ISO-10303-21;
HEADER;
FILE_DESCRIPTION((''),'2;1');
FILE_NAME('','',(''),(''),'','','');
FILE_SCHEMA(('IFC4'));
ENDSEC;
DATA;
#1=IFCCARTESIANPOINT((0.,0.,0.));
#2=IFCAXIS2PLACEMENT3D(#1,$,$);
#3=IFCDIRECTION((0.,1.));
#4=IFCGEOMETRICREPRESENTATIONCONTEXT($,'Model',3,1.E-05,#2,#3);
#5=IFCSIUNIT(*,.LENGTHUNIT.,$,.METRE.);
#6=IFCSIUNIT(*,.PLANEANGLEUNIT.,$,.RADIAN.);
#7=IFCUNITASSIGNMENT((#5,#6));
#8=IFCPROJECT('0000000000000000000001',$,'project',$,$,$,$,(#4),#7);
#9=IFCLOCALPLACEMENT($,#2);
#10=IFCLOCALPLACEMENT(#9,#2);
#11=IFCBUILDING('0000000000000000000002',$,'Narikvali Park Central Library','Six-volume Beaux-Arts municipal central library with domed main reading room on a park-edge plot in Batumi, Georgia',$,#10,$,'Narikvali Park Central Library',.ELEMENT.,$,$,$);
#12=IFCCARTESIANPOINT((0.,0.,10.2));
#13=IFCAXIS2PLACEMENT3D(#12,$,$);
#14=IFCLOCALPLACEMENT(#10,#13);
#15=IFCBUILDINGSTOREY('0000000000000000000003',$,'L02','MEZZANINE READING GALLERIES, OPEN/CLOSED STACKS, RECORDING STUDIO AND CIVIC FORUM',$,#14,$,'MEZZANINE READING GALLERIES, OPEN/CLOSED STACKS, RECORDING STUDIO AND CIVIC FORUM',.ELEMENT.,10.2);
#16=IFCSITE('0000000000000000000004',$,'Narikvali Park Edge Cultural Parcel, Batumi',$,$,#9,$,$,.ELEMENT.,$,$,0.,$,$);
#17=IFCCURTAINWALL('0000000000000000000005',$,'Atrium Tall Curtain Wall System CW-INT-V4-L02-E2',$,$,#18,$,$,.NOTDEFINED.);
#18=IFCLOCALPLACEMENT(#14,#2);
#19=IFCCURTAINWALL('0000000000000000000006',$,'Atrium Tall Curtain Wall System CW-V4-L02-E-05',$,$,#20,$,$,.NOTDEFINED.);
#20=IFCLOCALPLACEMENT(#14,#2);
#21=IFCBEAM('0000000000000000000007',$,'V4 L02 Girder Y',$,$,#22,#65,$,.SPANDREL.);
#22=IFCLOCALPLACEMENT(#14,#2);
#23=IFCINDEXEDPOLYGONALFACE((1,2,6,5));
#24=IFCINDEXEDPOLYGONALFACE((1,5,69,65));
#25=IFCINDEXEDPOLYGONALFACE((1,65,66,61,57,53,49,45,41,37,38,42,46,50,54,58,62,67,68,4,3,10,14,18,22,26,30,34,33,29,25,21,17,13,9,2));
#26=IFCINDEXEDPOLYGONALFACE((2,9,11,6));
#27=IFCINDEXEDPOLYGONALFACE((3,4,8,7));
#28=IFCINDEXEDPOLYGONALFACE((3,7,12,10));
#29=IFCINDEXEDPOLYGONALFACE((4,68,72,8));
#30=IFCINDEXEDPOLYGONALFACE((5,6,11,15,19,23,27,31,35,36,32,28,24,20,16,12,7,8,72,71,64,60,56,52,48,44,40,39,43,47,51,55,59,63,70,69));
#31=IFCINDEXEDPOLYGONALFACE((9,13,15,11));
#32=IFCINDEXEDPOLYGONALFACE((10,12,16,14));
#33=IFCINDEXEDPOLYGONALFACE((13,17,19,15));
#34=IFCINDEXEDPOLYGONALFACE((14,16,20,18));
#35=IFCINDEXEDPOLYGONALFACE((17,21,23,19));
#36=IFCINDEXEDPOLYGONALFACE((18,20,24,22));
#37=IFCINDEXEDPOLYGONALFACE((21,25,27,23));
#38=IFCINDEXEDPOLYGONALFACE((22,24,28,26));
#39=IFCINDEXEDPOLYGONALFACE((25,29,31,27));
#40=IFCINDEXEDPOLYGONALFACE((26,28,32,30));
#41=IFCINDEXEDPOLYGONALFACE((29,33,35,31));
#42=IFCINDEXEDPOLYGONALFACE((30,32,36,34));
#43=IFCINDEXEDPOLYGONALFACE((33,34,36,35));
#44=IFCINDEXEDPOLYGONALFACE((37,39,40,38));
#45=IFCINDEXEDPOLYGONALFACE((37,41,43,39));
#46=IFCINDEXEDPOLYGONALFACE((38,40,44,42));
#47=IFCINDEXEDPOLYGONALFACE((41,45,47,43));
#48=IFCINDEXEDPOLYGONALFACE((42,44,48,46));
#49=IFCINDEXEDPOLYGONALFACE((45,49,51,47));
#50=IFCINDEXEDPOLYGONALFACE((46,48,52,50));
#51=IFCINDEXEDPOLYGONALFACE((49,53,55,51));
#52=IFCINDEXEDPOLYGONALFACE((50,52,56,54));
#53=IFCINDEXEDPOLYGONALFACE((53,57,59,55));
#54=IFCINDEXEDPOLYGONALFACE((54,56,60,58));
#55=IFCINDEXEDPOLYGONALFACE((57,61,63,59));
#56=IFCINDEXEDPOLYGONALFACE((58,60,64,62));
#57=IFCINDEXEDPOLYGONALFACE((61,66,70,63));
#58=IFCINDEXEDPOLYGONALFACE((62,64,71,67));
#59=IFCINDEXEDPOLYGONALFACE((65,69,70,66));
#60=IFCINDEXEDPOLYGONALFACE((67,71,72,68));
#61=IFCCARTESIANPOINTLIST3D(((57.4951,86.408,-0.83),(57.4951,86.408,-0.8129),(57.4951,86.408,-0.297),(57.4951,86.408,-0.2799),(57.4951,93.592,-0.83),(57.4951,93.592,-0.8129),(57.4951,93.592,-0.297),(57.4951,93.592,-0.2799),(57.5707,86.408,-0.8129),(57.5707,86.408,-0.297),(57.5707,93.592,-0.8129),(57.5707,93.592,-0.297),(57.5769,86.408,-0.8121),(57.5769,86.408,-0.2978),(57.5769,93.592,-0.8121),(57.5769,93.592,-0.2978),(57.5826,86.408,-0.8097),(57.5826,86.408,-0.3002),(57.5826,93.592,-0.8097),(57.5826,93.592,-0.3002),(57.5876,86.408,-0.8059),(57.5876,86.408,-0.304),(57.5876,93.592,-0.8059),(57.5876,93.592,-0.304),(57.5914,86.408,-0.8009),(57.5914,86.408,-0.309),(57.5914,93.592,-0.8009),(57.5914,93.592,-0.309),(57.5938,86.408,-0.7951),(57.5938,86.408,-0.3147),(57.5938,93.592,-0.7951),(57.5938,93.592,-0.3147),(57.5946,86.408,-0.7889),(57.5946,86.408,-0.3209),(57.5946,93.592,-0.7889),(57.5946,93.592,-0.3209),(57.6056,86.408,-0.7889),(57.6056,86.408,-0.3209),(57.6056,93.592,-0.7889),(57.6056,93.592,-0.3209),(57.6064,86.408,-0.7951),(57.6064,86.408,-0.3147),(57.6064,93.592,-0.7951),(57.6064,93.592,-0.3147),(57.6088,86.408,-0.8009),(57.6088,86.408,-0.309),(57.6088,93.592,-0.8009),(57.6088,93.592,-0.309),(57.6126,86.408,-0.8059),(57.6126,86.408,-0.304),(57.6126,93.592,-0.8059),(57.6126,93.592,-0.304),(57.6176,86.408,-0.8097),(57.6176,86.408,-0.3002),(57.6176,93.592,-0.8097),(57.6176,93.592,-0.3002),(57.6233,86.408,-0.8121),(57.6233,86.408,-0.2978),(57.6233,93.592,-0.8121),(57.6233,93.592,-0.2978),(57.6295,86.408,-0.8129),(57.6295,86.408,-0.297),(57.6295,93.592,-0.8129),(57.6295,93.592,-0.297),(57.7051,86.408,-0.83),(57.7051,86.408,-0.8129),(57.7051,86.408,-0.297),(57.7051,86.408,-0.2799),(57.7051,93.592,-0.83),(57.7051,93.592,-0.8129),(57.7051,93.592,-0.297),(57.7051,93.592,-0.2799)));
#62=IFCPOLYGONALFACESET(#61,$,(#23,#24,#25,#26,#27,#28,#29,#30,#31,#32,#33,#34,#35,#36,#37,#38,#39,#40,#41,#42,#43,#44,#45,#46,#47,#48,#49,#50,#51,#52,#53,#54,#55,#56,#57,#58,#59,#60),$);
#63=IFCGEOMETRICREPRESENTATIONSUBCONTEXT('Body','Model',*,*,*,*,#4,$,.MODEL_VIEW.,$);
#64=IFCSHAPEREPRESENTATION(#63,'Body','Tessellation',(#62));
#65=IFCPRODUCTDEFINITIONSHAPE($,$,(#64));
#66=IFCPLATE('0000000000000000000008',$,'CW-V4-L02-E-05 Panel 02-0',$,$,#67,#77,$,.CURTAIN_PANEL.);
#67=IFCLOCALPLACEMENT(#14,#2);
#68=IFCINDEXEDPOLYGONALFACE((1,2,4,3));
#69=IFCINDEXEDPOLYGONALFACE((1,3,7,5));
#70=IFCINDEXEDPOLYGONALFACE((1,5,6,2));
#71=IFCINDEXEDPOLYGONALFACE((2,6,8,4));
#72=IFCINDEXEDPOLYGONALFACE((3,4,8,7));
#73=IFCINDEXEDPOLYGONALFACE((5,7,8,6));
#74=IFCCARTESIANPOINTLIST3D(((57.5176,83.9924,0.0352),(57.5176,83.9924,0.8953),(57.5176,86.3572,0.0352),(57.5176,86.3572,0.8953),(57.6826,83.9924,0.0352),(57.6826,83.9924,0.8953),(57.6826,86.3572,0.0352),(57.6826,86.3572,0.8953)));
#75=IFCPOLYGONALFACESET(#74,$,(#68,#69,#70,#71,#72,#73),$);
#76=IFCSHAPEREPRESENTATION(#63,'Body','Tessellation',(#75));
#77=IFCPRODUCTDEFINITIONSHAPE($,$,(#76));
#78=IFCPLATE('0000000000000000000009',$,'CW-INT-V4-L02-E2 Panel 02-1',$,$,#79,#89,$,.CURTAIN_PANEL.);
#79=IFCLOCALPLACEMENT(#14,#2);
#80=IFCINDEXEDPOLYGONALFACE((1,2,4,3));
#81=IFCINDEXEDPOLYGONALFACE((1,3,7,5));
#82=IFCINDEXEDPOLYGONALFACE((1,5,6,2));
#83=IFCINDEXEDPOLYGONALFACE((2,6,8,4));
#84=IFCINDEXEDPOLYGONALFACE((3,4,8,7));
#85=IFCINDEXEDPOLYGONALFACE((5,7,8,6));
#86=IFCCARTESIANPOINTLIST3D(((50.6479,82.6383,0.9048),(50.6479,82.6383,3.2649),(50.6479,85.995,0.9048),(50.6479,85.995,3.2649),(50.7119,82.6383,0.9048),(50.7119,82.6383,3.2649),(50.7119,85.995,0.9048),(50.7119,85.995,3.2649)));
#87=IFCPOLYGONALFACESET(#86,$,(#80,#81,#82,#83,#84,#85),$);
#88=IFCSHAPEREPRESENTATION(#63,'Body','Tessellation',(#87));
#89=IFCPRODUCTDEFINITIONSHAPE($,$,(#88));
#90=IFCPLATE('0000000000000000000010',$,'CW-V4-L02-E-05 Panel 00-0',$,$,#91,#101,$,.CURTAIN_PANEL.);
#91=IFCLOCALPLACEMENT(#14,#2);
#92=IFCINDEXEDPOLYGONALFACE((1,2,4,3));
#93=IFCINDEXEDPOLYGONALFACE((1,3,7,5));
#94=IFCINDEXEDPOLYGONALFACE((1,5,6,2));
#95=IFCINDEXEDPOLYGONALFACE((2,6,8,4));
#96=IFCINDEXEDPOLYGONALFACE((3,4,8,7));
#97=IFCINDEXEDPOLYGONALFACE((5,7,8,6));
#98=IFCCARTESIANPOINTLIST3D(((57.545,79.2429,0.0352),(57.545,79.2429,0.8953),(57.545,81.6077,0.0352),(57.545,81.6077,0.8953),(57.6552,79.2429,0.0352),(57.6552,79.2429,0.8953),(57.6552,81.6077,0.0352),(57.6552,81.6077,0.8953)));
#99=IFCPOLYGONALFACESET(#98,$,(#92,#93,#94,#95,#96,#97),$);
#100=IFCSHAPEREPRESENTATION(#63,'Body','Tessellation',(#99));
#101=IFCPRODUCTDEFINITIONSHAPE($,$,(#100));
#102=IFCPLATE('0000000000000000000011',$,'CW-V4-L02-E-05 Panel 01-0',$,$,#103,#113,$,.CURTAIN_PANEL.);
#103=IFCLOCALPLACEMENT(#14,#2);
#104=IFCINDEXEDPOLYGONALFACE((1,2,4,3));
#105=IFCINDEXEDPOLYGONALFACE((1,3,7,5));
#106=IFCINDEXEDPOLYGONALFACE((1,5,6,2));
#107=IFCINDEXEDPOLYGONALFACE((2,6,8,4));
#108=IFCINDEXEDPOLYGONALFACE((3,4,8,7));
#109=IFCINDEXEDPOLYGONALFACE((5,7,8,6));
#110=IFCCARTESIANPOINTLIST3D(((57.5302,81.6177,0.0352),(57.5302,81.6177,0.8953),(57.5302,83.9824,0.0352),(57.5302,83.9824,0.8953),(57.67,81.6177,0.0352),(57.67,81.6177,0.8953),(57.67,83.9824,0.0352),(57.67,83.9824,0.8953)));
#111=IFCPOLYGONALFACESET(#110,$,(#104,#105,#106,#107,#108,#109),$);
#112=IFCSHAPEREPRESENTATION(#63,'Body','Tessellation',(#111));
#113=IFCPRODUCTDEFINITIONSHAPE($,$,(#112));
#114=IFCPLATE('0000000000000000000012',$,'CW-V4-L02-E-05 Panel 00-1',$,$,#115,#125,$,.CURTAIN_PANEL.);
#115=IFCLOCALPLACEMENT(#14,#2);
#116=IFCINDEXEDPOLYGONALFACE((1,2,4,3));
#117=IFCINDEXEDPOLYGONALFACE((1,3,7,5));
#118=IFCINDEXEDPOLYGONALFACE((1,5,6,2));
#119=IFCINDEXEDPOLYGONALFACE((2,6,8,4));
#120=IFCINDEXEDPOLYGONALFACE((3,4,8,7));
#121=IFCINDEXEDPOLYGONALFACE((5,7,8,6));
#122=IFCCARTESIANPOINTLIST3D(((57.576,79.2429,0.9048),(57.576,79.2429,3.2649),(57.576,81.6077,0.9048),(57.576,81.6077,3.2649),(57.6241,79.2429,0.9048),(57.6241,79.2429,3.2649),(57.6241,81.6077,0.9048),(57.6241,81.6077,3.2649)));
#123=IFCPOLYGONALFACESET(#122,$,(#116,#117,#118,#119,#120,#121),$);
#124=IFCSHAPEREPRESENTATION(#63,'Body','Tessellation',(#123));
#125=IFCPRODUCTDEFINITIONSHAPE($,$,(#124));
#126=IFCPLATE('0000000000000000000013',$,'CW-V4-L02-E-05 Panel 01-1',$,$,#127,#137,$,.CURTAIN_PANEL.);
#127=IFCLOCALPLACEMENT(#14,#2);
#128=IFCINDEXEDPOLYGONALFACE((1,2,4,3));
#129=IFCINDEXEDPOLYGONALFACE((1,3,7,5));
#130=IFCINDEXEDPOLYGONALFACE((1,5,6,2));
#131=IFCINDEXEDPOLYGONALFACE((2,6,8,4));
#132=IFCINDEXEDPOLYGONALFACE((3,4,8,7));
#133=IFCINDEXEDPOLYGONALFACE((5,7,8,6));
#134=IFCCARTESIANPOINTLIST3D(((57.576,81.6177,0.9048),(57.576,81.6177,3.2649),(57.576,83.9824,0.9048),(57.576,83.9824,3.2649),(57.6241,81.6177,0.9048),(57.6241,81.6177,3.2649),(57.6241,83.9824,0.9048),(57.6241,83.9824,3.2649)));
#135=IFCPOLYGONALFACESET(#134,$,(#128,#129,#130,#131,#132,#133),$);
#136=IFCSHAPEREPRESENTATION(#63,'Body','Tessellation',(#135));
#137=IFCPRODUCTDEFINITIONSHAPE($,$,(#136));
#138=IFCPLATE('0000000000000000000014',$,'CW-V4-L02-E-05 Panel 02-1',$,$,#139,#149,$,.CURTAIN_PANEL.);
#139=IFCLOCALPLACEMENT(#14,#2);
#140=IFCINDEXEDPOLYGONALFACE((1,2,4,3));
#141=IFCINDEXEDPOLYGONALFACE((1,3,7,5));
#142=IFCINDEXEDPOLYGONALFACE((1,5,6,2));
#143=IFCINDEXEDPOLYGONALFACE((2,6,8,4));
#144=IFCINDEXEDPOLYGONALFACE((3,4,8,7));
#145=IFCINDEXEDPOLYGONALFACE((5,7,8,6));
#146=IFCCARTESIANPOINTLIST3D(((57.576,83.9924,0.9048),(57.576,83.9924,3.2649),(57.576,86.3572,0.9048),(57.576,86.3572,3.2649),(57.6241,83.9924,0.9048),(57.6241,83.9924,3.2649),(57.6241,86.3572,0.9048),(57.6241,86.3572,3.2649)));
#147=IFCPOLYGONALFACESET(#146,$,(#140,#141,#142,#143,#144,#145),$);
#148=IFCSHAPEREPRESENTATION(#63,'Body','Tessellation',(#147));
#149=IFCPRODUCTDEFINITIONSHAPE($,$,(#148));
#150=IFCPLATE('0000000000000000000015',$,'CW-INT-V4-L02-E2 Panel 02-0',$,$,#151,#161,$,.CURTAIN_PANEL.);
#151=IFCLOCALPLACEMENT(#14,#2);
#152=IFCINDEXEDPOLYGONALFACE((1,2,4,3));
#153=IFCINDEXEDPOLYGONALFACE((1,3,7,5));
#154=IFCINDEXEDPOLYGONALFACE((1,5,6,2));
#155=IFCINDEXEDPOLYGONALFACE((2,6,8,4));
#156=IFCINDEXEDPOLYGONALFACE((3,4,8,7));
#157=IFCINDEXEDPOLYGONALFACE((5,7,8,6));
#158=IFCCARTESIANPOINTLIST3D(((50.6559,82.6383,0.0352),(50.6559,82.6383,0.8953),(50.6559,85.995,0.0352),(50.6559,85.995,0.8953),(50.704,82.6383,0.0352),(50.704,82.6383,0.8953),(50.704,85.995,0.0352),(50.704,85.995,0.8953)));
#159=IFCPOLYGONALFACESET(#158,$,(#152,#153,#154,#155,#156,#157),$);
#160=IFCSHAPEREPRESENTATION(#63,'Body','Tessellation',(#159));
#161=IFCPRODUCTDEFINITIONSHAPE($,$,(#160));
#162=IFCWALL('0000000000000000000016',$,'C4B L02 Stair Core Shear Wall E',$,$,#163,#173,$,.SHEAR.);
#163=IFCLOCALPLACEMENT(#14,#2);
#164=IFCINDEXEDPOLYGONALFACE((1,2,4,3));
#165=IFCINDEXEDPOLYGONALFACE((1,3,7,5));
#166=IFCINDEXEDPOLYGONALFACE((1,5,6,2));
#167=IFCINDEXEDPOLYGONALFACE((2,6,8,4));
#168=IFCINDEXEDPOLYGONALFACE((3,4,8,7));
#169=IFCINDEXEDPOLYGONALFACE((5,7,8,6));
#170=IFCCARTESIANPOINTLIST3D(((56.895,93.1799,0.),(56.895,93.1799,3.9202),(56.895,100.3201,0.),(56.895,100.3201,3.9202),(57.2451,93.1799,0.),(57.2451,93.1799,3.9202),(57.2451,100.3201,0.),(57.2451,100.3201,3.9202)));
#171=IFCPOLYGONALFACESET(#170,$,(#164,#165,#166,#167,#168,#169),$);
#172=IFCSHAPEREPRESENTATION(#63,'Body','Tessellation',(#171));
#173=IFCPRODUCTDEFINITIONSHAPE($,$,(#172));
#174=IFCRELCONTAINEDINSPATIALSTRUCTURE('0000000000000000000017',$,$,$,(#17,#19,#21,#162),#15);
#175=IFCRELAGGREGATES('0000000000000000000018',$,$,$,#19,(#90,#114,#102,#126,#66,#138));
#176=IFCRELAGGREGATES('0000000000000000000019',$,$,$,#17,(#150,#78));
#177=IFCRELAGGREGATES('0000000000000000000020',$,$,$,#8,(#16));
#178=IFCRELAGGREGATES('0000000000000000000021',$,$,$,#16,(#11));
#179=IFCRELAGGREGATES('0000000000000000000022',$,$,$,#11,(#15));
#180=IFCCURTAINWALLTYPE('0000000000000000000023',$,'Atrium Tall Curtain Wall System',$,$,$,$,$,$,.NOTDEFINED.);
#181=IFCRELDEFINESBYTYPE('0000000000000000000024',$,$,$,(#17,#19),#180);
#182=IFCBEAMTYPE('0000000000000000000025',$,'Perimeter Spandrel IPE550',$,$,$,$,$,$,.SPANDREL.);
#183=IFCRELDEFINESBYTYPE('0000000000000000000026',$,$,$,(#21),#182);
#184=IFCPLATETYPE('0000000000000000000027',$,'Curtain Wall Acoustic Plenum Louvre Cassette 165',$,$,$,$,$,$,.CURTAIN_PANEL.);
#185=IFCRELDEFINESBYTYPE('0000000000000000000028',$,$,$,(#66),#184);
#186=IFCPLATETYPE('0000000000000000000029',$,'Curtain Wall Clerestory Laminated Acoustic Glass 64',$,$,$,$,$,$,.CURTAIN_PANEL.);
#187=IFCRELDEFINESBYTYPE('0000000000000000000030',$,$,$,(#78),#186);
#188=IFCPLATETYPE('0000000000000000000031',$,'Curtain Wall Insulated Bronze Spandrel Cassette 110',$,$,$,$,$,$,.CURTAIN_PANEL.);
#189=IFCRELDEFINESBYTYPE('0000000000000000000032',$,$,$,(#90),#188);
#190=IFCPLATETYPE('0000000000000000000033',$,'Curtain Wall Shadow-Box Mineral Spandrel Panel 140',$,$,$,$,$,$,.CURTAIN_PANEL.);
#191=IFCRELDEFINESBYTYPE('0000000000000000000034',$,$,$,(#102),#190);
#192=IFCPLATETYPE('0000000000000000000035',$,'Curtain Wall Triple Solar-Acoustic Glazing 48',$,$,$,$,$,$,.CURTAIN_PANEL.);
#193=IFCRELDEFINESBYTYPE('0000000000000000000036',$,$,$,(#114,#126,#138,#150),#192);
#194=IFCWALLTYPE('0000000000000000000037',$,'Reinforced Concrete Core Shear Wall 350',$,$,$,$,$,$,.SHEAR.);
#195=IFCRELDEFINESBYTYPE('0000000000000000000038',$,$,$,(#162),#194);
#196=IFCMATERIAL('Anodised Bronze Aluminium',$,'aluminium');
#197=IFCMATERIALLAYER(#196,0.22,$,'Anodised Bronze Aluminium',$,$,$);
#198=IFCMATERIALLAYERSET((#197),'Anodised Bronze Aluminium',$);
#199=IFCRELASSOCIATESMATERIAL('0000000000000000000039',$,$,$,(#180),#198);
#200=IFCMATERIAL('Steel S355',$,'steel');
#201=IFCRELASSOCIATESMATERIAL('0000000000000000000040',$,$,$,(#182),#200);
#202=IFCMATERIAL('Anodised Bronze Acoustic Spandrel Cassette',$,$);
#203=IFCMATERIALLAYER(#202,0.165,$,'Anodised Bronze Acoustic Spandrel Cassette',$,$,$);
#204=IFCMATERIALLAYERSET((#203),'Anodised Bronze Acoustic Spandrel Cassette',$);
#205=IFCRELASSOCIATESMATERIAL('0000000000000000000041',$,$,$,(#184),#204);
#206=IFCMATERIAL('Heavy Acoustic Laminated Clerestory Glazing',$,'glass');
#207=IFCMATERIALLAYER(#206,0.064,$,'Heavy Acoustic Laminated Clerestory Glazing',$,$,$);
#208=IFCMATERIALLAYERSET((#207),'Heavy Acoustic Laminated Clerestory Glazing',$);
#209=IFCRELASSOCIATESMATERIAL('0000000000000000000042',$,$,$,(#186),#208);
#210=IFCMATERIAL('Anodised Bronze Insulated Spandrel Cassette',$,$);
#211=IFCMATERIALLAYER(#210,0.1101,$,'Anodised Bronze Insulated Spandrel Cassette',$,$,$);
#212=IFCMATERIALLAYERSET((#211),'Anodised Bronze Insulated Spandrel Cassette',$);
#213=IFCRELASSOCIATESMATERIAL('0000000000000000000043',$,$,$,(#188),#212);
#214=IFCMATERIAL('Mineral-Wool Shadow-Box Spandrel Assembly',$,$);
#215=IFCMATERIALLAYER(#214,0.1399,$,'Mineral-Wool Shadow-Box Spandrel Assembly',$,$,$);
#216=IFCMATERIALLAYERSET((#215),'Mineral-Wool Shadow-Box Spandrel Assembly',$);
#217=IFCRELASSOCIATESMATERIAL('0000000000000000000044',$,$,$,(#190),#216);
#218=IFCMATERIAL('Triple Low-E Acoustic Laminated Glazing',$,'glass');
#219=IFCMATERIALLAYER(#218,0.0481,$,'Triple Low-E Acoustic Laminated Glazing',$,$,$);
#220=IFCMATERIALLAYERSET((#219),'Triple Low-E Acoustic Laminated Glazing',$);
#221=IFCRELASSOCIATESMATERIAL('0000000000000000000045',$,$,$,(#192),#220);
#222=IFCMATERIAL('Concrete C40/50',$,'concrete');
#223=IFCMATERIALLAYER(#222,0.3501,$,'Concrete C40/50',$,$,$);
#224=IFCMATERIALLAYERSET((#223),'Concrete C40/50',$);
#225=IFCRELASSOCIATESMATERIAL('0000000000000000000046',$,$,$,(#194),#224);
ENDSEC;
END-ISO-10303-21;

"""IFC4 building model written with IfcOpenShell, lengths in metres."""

from ifc_helpers import new_model, si_unit, direction, frame, frame_2d, origin, origin_2d, place, context, subcontext, project, spatial, rectangle, i_section, extrude, material, layer, layer_set, material_profile, profile_set, type_object, element, aggregate, save


model = new_model("IFC4")

# Units and contexts
model_context = context("Model", 3, precision=1e-05, world=origin(), true_north=direction((0.0, 1.0)))
body_context = subcontext(model_context, "Body", "Model", "MODEL_VIEW")
ifc_project = project(units=[si_unit("LENGTHUNIT", "METRE"), si_unit("PLANEANGLEUNIT", "RADIAN")], contexts=[model_context])

# Site, building, storey
site_placement = place(None, origin())
site = spatial("IfcSite", under=ifc_project, at=site_placement, Name="Narikvali Park Edge Cultural Parcel, Batumi", CompositionType="ELEMENT", RefElevation=0.0)
building_placement = place(site_placement, origin())
building = spatial("IfcBuilding", under=site, at=building_placement, Name="Narikvali Park Central Library", Description="Six-volume Beaux-Arts municipal central library with domed main reading room on a park-edge plot in Batumi, Georgia", LongName="Narikvali Park Central Library", CompositionType="ELEMENT")
storey_placement = place(building_placement, frame((0.0, 0.0, 10.2)))
storey = spatial("IfcBuildingStorey", under=building, at=storey_placement, Name="L02", Description="MEZZANINE READING GALLERIES, OPEN/CLOSED STACKS, RECORDING STUDIO AND CIVIC FORUM", LongName="MEZZANINE READING GALLERIES, OPEN/CLOSED STACKS, RECORDING STUDIO AND CIVIC FORUM", CompositionType="ELEMENT", Elevation=10.2)

# Shared definitions
ifc_material_1 = material(Name="Steel S355", Category="steel")

# Curtain wall
ifc_material_2 = material(Name="Anodised Bronze Aluminium", Category="aluminium")
ifc_layer_1 = layer(ifc_material_2, 0.22, Name="Anodised Bronze Aluminium")
ifc_layer_set_1 = layer_set([ifc_layer_1], Name="Anodised Bronze Aluminium")
curtain_wall_type = type_object("IfcCurtainWallType", Name="Atrium Tall Curtain Wall System", PredefinedType="NOTDEFINED", material=ifc_layer_set_1)
curtain_wall_1_placement = place(storey_placement, origin())
curtain_wall_1 = element("IfcCurtainWall", 1, at=curtain_wall_1_placement, inside=storey, type_object=curtain_wall_type, Name="Atrium Tall Curtain Wall System CW-INT-V4-L02-E2", PredefinedType="NOTDEFINED")

# Curtain wall
curtain_wall_2_placement = place(storey_placement, origin())
curtain_wall_2 = element("IfcCurtainWall", 2, at=curtain_wall_2_placement, inside=storey, type_object=curtain_wall_type, Name="Atrium Tall Curtain Wall System CW-V4-L02-E-05", PredefinedType="NOTDEFINED")

# Beam
ifc_material_profile_1 = material_profile(ifc_material_1, i_section(OverallWidth=0.21, OverallDepth=0.55, WebThickness=0.011, FlangeThickness=0.0171, FilletRadius=0.0239, at=origin_2d()), Name="IPE 550")
ifc_profile_set_1 = profile_set([ifc_material_profile_1], Name="Steel S355")
beam_type_1 = type_object("IfcBeamType", Name="Perimeter Spandrel IPE550", PredefinedType="SPANDREL", material=ifc_profile_set_1)
beam_placement = place(storey_placement, frame((57.6001, 86.408, -0.5549), z_axis=(0.0, 1.0, 0.0), x_axis=(-1.0, 0.0, 0.0)))
element("IfcBeam", 3, at=beam_placement, inside=storey, type_object=beam_type_1, Name="V4 L02 Girder Y", PredefinedType="SPANDREL", context=body_context, shape_type="SweptSolid", body=[
    extrude(i_section(OverallWidth=0.21, OverallDepth=0.55, WebThickness=0.011, FlangeThickness=0.0171, FilletRadius=0.0239, at=origin_2d()), origin(), (0.0, 0.0, 1.0), 7.1841),
])

# Plates
ifc_material_3 = material(Name="Anodised Bronze Acoustic Spandrel Cassette")
ifc_layer_2 = layer(ifc_material_3, 0.165, Name="Anodised Bronze Acoustic Spandrel Cassette")
ifc_layer_set_2 = layer_set([ifc_layer_2], Name="Anodised Bronze Acoustic Spandrel Cassette")
plate_type_1 = type_object("IfcPlateType", Name="Curtain Wall Acoustic Plenum Louvre Cassette 165", PredefinedType="CURTAIN_PANEL", material=ifc_layer_set_2)
plate_1_placement = place(storey_placement, frame((57.6001, 85.1748, 0.0352), z_axis=(0.0, 0.0, 1.0), x_axis=(0.0, 1.0, 0.0)))
plate_1 = element("IfcPlate", 4, at=plate_1_placement, type_object=plate_type_1, Name="CW-V4-L02-E-05 Panel 02-0", PredefinedType="CURTAIN_PANEL", context=body_context, shape_type="SweptSolid", body=[
    extrude(rectangle(XDim=2.3647, YDim=0.165, at=origin_2d()), origin(), (0.0, 0.0, 1.0), 0.8601),
])
ifc_material_4 = material(Name="Heavy Acoustic Laminated Clerestory Glazing", Category="glass")
ifc_layer_3 = layer(ifc_material_4, 0.064, Name="Heavy Acoustic Laminated Clerestory Glazing")
ifc_layer_set_3 = layer_set([ifc_layer_3], Name="Heavy Acoustic Laminated Clerestory Glazing")
plate_type_2 = type_object("IfcPlateType", Name="Curtain Wall Clerestory Laminated Acoustic Glass 64", PredefinedType="CURTAIN_PANEL", material=ifc_layer_set_3)
plate_2_placement = place(storey_placement, frame((50.6799, 84.3167, 0.9048), z_axis=(0.0, 0.0, 1.0), x_axis=(0.0, 1.0, 0.0)))
plate_2 = element("IfcPlate", 5, at=plate_2_placement, type_object=plate_type_2, Name="CW-INT-V4-L02-E2 Panel 02-1", PredefinedType="CURTAIN_PANEL", context=body_context, shape_type="SweptSolid", body=[
    extrude(rectangle(XDim=3.3567, YDim=0.064, at=origin_2d()), origin(), (0.0, 0.0, 1.0), 2.3601),
])
ifc_material_5 = material(Name="Anodised Bronze Insulated Spandrel Cassette")
ifc_layer_4 = layer(ifc_material_5, 0.1101, Name="Anodised Bronze Insulated Spandrel Cassette")
ifc_layer_set_4 = layer_set([ifc_layer_4], Name="Anodised Bronze Insulated Spandrel Cassette")
plate_type_3 = type_object("IfcPlateType", Name="Curtain Wall Insulated Bronze Spandrel Cassette 110", PredefinedType="CURTAIN_PANEL", material=ifc_layer_set_4)
plate_3_placement = place(storey_placement, frame((57.6001, 80.4253, 0.0352), z_axis=(0.0, 0.0, 1.0), x_axis=(0.0, 1.0, 0.0)))
plate_3 = element("IfcPlate", 6, at=plate_3_placement, type_object=plate_type_3, Name="CW-V4-L02-E-05 Panel 00-0", PredefinedType="CURTAIN_PANEL", context=body_context, shape_type="SweptSolid", body=[
    extrude(rectangle(XDim=2.3647, YDim=0.1101, at=origin_2d()), origin(), (0.0, 0.0, 1.0), 0.8601),
])
ifc_material_6 = material(Name="Mineral-Wool Shadow-Box Spandrel Assembly")
ifc_layer_5 = layer(ifc_material_6, 0.1399, Name="Mineral-Wool Shadow-Box Spandrel Assembly")
ifc_layer_set_5 = layer_set([ifc_layer_5], Name="Mineral-Wool Shadow-Box Spandrel Assembly")
plate_type_4 = type_object("IfcPlateType", Name="Curtain Wall Shadow-Box Mineral Spandrel Panel 140", PredefinedType="CURTAIN_PANEL", material=ifc_layer_set_5)
plate_4_placement = place(storey_placement, frame((57.6001, 82.8, 0.0352), z_axis=(0.0, 0.0, 1.0), x_axis=(0.0, 1.0, 0.0)))
plate_4 = element("IfcPlate", 7, at=plate_4_placement, type_object=plate_type_4, Name="CW-V4-L02-E-05 Panel 01-0", PredefinedType="CURTAIN_PANEL", context=body_context, shape_type="SweptSolid", body=[
    extrude(rectangle(XDim=2.3647, YDim=0.1399, at=origin_2d()), origin(), (0.0, 0.0, 1.0), 0.8601),
])
ifc_material_7 = material(Name="Triple Low-E Acoustic Laminated Glazing", Category="glass")
ifc_layer_6 = layer(ifc_material_7, 0.0481, Name="Triple Low-E Acoustic Laminated Glazing")
ifc_layer_set_6 = layer_set([ifc_layer_6], Name="Triple Low-E Acoustic Laminated Glazing")
plate_type_5 = type_object("IfcPlateType", Name="Curtain Wall Triple Solar-Acoustic Glazing 48", PredefinedType="CURTAIN_PANEL", material=ifc_layer_set_6)
plate_5_placement = place(storey_placement, frame((57.6001, 80.4253, 0.9048), z_axis=(0.0, 0.0, 1.0), x_axis=(0.0, 1.0, 0.0)))
plate_5 = element("IfcPlate", 8, at=plate_5_placement, type_object=plate_type_5, Name="CW-V4-L02-E-05 Panel 00-1", PredefinedType="CURTAIN_PANEL", context=body_context, shape_type="SweptSolid", body=[
    extrude(rectangle(XDim=2.3647, YDim=0.0481, at=origin_2d()), origin(), (0.0, 0.0, 1.0), 2.3601),
])
plate_6_placement = place(storey_placement, frame((57.6001, 82.8, 0.9048), z_axis=(0.0, 0.0, 1.0), x_axis=(0.0, 1.0, 0.0)))
plate_6 = element("IfcPlate", 9, at=plate_6_placement, type_object=plate_type_5, Name="CW-V4-L02-E-05 Panel 01-1", PredefinedType="CURTAIN_PANEL", context=body_context, shape_type="SweptSolid", body=[
    extrude(rectangle(XDim=2.3647, YDim=0.0481, at=origin_2d()), origin(), (0.0, 0.0, 1.0), 2.3601),
])
plate_7_placement = place(storey_placement, frame((57.6001, 85.1748, 0.9048), z_axis=(0.0, 0.0, 1.0), x_axis=(0.0, 1.0, 0.0)))
plate_7 = element("IfcPlate", 10, at=plate_7_placement, type_object=plate_type_5, Name="CW-V4-L02-E-05 Panel 02-1", PredefinedType="CURTAIN_PANEL", context=body_context, shape_type="SweptSolid", body=[
    extrude(rectangle(XDim=2.3647, YDim=0.0481, at=origin_2d()), origin(), (0.0, 0.0, 1.0), 2.3601),
])
aggregate(curtain_wall_2, [plate_3, plate_5, plate_4, plate_6, plate_1, plate_7])
plate_8_placement = place(storey_placement, frame((50.6799, 84.3167, 0.0352), z_axis=(0.0, 0.0, 1.0), x_axis=(0.0, 1.0, 0.0)))
plate_8 = element("IfcPlate", 11, at=plate_8_placement, type_object=plate_type_5, Name="CW-INT-V4-L02-E2 Panel 02-0", PredefinedType="CURTAIN_PANEL", context=body_context, shape_type="SweptSolid", body=[
    extrude(rectangle(XDim=3.3567, YDim=0.0481, at=origin_2d()), origin(), (0.0, 0.0, 1.0), 0.8601),
])
aggregate(curtain_wall_1, [plate_8, plate_2])

# Shared definitions
ifc_material_8 = material(Name="Concrete C40/50", Category="concrete")
ifc_layer_7 = layer(ifc_material_8, 0.3501, Name="Concrete C40/50")
ifc_layer_set_7 = layer_set([ifc_layer_7], Name="Concrete C40/50")
wall_type_1 = type_object("IfcWallType", Name="Reinforced Concrete Core Shear Wall 350", PredefinedType="SHEAR", material=ifc_layer_set_7)

# Wall
wall_1_placement = place(storey_placement, frame((57.0701, 93.1799, 0.0), z_axis=(0.0, 0.0, 1.0), x_axis=(0.0, 1.0, 0.0)))
element("IfcWall", 12, at=wall_1_placement, inside=storey, type_object=wall_type_1, Name="C4B L02 Stair Core Shear Wall E", PredefinedType="SHEAR", context=body_context, shape_type="SweptSolid", body=[
    extrude(rectangle(XDim=7.1401, YDim=0.3501, at=frame_2d((3.5701, 0.0))), origin(), (0.0, 0.0, 1.0), 3.9202),
])

save(model, "model.ifc")
